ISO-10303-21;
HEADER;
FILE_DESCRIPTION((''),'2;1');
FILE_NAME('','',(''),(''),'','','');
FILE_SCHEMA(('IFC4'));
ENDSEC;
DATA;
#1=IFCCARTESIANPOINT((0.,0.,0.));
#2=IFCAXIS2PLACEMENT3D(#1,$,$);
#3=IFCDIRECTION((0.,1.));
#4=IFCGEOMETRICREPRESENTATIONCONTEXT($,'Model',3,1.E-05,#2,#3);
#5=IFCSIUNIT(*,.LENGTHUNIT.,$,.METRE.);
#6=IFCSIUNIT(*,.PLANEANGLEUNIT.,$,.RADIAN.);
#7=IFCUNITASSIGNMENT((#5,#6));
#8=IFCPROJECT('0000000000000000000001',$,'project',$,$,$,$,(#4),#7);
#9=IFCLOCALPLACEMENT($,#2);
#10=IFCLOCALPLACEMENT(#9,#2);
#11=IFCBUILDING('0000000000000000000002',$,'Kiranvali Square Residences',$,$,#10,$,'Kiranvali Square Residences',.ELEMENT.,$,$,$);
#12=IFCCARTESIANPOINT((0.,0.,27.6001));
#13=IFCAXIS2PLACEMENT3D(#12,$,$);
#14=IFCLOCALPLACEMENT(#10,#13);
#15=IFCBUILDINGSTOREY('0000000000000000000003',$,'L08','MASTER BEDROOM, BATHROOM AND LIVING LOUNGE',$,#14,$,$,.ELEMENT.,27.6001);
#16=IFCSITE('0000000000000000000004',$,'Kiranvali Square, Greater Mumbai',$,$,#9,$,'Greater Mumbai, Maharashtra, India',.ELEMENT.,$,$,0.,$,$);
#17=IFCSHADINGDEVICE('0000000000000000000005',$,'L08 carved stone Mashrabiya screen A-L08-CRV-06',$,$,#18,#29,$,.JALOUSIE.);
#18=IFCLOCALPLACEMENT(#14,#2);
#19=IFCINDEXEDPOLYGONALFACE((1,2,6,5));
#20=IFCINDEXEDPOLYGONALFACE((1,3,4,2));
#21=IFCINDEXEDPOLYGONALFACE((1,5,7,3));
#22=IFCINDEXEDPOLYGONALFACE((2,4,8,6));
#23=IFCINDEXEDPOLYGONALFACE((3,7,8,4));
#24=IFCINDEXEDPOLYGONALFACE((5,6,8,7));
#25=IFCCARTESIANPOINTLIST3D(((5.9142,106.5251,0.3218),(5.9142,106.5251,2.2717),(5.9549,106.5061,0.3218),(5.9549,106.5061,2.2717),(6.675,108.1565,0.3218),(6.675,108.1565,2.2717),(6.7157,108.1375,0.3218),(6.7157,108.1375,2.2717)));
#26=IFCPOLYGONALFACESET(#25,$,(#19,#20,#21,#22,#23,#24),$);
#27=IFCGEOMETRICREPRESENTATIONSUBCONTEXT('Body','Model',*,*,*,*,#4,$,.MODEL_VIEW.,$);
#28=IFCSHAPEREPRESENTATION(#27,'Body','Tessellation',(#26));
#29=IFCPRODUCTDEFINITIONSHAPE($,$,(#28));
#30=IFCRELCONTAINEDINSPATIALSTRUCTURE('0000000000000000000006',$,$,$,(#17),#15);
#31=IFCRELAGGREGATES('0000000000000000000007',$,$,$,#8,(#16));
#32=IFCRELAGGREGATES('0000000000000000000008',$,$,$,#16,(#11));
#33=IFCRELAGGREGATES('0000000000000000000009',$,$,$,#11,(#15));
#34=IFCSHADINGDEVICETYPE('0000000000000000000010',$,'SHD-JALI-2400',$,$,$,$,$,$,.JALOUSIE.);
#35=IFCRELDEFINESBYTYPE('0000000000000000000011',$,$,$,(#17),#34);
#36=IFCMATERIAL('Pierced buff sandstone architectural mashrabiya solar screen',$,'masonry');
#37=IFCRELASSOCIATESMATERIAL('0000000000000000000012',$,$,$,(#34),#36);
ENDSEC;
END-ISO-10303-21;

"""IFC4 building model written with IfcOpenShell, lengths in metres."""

from ifc_helpers import new_model, si_unit, direction, frame, origin, origin_2d, place, context, subcontext, project, spatial, rectangle, extrude, material, type_object, element, save


model = new_model("IFC4")

# Units and contexts
model_context = context("Model", 3, precision=1e-05, world=origin(), true_north=direction((0.0, 1.0)))
body_context = subcontext(model_context, "Body", "Model", "MODEL_VIEW")
ifc_project = project(units=[si_unit("LENGTHUNIT", "METRE"), si_unit("PLANEANGLEUNIT", "RADIAN")], contexts=[model_context])

# Site, building, storey
site_placement = place(None, origin())
site = spatial("IfcSite", under=ifc_project, at=site_placement, Name="Kiranvali Square, Greater Mumbai", LongName="Greater Mumbai, Maharashtra, India", CompositionType="ELEMENT", RefElevation=0.0)
building_placement = place(site_placement, origin())
building = spatial("IfcBuilding", under=site, at=building_placement, Name="Kiranvali Square Residences", LongName="Kiranvali Square Residences", CompositionType="ELEMENT")
storey_placement = place(building_placement, frame((0.0, 0.0, 27.6001)))
storey = spatial("IfcBuildingStorey", under=building, at=storey_placement, Name="L08", Description="MASTER BEDROOM, BATHROOM AND LIVING LOUNGE", CompositionType="ELEMENT", Elevation=27.6001)

# Shading device
ifc_material_1 = material(Name="Pierced buff sandstone architectural mashrabiya solar screen", Category="masonry")
shading_device_type = type_object("IfcShadingDeviceType", Name="SHD-JALI-2400", PredefinedType="JALOUSIE", material=ifc_material_1)
shading_device_placement = place(storey_placement, frame((6.3149, 107.3313, 0.3218), z_axis=(0.0, 0.0, 1.0), x_axis=(-0.422618, -0.906308, 0.0)))
element("IfcShadingDevice", 1, at=shading_device_placement, inside=storey, type_object=shading_device_type, Name="L08 carved stone Mashrabiya screen A-L08-CRV-06", PredefinedType="JALOUSIE", context=body_context, shape_type="SweptSolid", body=[
    extrude(rectangle(XDim=1.8, YDim=0.0449, at=origin_2d()), origin(), (0.0, 0.0, 1.0), 1.95),
])

save(model, "model.ifc")
